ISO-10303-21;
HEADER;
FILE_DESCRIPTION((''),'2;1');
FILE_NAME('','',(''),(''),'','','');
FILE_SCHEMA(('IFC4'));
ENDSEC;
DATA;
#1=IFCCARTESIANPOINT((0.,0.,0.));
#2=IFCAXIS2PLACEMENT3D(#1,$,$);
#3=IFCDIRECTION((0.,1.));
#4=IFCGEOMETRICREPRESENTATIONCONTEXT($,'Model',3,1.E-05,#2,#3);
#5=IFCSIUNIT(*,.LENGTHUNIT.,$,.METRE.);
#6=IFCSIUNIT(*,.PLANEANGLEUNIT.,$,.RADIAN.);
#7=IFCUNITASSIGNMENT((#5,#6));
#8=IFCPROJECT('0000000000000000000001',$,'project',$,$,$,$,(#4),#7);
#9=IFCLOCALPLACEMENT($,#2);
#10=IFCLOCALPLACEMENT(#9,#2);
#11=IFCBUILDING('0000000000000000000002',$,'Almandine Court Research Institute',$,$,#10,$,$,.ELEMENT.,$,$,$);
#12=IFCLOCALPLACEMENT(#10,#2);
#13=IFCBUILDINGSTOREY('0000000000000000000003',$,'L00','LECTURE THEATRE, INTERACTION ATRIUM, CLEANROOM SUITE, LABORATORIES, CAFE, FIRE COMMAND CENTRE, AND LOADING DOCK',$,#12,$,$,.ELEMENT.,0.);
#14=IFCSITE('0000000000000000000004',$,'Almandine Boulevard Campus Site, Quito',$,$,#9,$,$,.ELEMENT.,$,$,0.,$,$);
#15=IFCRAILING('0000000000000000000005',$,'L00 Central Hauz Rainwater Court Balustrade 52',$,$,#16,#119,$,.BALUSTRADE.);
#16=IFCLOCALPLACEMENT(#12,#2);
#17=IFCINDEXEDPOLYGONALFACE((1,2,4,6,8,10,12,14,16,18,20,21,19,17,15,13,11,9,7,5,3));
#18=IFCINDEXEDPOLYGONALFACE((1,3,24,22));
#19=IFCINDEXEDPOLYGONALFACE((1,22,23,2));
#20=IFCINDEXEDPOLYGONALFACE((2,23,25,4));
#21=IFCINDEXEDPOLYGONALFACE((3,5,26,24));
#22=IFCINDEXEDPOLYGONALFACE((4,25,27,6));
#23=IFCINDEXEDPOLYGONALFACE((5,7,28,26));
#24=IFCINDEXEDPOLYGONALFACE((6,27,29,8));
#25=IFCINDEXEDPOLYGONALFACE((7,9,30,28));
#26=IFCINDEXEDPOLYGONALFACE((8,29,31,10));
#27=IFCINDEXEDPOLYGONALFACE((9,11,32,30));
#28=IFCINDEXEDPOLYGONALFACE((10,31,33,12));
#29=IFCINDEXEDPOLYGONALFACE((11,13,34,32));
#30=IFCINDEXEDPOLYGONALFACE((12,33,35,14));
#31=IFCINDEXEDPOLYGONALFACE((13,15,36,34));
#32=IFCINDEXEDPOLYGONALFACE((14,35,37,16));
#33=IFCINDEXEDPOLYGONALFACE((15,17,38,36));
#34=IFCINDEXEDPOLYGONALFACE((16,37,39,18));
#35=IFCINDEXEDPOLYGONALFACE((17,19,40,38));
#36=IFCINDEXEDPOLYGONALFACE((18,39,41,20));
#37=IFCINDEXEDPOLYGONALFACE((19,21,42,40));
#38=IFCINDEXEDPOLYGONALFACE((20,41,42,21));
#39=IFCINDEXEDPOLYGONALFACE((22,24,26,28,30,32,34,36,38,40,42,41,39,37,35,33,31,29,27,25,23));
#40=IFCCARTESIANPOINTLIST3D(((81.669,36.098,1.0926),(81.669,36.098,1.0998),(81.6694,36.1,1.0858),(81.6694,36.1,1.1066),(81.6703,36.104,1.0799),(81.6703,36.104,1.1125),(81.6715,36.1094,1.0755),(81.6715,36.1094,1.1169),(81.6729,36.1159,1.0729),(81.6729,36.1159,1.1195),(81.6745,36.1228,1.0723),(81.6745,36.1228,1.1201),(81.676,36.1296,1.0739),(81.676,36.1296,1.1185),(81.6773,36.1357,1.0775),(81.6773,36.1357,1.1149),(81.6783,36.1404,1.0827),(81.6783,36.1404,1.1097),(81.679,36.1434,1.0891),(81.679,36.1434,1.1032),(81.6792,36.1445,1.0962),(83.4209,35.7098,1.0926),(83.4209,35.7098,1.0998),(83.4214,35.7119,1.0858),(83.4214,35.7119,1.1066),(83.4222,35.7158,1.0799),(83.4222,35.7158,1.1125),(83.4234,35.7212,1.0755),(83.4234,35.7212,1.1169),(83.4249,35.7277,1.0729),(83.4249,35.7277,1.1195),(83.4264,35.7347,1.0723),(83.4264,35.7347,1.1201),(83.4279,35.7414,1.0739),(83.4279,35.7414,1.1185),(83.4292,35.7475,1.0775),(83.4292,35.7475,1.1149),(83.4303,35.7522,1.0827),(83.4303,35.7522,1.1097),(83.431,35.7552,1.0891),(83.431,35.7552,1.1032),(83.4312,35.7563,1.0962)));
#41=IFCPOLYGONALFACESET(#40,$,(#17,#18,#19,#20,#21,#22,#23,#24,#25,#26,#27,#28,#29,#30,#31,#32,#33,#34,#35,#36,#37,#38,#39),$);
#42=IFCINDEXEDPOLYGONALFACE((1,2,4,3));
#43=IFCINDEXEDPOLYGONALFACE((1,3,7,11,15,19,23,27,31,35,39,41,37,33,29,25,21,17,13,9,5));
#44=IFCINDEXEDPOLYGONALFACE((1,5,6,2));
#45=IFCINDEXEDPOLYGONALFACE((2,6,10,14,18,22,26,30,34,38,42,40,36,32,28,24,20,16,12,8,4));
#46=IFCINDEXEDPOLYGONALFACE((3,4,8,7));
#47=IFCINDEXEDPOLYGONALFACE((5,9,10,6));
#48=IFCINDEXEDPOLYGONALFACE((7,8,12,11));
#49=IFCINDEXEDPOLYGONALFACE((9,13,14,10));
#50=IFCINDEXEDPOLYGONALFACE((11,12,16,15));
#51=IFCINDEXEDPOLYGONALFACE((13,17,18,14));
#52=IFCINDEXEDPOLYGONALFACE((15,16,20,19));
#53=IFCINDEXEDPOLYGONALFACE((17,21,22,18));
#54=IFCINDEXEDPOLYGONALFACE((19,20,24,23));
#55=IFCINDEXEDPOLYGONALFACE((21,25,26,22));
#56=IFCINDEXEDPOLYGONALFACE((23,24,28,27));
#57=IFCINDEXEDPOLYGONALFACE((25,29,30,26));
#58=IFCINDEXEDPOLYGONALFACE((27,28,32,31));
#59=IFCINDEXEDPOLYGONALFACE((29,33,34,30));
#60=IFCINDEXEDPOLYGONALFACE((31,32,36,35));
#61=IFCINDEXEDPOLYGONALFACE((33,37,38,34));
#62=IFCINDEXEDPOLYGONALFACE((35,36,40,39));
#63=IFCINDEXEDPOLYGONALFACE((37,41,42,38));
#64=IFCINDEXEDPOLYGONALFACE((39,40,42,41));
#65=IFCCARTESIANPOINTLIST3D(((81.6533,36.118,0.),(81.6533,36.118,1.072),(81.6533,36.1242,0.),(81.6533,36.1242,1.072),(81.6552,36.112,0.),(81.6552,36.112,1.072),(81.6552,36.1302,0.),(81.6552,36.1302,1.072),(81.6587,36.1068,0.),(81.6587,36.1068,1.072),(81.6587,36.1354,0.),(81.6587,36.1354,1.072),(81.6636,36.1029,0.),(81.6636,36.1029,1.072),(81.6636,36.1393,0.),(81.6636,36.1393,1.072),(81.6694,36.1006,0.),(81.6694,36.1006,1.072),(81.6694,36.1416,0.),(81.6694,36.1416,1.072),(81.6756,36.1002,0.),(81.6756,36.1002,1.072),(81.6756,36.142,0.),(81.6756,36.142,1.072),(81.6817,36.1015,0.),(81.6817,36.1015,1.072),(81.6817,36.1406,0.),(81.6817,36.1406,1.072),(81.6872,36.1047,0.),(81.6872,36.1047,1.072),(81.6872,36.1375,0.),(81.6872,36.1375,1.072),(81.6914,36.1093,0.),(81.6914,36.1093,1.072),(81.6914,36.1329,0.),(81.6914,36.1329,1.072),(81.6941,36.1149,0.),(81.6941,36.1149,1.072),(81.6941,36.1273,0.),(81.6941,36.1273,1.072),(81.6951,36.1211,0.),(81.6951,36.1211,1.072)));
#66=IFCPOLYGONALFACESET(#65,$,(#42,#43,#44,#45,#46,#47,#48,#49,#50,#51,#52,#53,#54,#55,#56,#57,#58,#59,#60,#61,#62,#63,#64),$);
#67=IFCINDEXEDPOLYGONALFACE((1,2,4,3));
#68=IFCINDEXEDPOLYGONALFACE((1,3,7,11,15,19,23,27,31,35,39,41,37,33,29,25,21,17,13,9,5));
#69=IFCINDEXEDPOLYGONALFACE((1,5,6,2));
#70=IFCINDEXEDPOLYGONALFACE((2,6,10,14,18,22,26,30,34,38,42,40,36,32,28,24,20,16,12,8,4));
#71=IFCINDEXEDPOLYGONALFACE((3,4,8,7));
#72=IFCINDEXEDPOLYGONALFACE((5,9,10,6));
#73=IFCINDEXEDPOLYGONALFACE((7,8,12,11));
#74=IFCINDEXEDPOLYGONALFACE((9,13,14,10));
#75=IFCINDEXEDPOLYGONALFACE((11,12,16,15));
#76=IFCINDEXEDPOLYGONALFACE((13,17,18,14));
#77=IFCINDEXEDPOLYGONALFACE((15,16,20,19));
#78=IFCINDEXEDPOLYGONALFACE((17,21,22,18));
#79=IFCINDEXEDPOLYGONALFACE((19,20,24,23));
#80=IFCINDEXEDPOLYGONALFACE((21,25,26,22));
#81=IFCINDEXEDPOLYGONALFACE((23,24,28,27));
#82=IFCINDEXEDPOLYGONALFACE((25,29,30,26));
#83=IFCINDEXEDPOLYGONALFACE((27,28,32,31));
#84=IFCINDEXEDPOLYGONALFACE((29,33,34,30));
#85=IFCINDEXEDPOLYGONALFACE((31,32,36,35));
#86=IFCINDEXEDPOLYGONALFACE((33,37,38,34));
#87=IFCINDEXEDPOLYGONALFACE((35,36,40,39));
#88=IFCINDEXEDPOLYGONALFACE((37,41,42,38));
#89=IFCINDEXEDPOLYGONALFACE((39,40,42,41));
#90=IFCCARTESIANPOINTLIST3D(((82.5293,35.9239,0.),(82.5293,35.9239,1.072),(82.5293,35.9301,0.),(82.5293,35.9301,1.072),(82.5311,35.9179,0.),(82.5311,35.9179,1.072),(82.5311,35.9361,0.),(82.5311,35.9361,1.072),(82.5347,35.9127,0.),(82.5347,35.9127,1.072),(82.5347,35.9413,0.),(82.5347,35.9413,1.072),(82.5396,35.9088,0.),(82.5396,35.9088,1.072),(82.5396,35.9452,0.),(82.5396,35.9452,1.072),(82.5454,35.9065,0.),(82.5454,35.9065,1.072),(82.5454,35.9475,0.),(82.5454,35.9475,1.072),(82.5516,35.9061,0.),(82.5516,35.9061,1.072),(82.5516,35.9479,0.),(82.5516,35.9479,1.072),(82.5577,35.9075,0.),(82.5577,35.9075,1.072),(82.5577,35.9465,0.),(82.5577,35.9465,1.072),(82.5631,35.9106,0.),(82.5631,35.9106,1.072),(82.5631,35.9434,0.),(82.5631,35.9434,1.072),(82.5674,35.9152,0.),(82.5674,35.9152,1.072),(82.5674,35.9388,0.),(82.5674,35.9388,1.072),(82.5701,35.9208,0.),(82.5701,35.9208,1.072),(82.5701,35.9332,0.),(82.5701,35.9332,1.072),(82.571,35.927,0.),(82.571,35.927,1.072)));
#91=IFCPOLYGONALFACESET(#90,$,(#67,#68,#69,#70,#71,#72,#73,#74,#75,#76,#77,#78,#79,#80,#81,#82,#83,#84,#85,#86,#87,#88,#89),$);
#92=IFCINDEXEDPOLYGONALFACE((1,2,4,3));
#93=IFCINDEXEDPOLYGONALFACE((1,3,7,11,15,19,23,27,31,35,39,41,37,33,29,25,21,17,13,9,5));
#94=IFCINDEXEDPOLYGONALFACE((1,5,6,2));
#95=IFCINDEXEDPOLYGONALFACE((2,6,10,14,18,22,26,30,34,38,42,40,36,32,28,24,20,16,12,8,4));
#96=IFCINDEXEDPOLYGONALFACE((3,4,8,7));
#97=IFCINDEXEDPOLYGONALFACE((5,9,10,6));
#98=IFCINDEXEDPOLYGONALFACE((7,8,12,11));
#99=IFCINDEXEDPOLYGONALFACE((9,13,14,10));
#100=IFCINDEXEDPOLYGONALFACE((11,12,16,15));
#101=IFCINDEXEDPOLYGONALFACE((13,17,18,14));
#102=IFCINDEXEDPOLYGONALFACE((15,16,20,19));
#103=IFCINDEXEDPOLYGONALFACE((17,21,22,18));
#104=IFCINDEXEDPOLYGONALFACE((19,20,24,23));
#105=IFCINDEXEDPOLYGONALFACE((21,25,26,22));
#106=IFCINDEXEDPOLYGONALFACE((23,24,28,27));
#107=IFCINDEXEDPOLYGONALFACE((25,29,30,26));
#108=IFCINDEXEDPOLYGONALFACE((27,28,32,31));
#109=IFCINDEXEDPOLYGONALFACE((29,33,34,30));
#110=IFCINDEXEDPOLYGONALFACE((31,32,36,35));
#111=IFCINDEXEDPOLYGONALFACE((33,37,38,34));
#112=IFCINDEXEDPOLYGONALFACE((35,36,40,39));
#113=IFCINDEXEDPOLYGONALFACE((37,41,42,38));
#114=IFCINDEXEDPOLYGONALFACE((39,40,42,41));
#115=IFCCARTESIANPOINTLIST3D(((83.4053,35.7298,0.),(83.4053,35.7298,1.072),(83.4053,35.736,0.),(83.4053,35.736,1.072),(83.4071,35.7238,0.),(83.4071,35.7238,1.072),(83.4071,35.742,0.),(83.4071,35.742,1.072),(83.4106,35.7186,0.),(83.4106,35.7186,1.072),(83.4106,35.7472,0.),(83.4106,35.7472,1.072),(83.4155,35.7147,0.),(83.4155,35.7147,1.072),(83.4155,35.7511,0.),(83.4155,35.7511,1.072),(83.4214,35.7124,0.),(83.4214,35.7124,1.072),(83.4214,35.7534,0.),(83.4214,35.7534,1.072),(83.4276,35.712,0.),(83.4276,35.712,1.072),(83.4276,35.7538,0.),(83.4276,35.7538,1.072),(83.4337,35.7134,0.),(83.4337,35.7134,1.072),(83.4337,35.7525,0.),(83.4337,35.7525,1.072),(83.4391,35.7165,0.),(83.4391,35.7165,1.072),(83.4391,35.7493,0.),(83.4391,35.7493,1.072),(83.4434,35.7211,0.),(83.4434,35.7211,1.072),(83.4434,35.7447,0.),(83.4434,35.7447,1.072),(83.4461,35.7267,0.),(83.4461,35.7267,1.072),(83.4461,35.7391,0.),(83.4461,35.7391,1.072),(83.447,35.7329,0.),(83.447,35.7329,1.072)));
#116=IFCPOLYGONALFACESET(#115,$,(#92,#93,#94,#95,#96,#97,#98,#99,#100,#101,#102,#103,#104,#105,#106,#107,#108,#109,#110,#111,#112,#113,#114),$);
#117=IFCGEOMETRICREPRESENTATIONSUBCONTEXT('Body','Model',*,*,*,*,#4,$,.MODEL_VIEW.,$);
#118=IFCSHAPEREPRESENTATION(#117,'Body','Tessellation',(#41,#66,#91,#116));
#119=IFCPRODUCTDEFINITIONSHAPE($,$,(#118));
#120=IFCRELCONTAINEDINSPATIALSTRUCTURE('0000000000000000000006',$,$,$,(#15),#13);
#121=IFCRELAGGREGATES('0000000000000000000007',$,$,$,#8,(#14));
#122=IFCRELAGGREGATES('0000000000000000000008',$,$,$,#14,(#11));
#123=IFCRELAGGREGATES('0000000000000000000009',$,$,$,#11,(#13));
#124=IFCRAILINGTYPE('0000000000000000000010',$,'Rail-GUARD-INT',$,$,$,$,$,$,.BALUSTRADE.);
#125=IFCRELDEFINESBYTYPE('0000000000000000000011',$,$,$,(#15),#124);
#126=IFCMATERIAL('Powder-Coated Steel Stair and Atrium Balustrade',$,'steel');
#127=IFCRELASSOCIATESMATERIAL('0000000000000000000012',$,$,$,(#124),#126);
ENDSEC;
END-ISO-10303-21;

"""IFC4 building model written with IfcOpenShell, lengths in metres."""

from ifc_helpers import new_model, si_unit, direction, frame, origin, origin_2d, place, context, subcontext, project, spatial, circle, extrude, material, type_object, element, save


model = new_model("IFC4")

# Units and contexts
model_context = context("Model", 3, precision=1e-05, world=origin(), true_north=direction((0.0, 1.0)))
body_context = subcontext(model_context, "Body", "Model", "MODEL_VIEW")
ifc_project = project(units=[si_unit("LENGTHUNIT", "METRE"), si_unit("PLANEANGLEUNIT", "RADIAN")], contexts=[model_context])

# Site, building, storey
site_placement = place(None, origin())
site = spatial("IfcSite", under=ifc_project, at=site_placement, Name="Almandine Boulevard Campus Site, Quito", CompositionType="ELEMENT", RefElevation=0.0)
building_placement = place(site_placement, origin())
building = spatial("IfcBuilding", under=site, at=building_placement, Name="Almandine Court Research Institute", CompositionType="ELEMENT")
storey_placement = place(building_placement, origin())
storey = spatial("IfcBuildingStorey", under=building, at=storey_placement, Name="L00", Description="LECTURE THEATRE, INTERACTION ATRIUM, CLEANROOM SUITE, LABORATORIES, CAFE, FIRE COMMAND CENTRE, AND LOADING DOCK", CompositionType="ELEMENT", Elevation=0.0)

# Railing
ifc_material_1 = material(Name="Powder-Coated Steel Stair and Atrium Balustrade", Category="steel")
railing_type = type_object("IfcRailingType", Name="Rail-GUARD-INT", PredefinedType="BALUSTRADE", material=ifc_material_1)
railing_1_placement = place(storey_placement, frame((81.6741, 36.1211, 0.0)))
element("IfcRailing", 1, at=railing_1_placement, inside=storey, type_object=railing_type, Name="L00 Central Hauz Rainwater Court Balustrade 52", PredefinedType="BALUSTRADE", context=body_context, shape_type="SweptSolid", body=[
    extrude(circle(Radius=0.0239, at=origin_2d()), frame((0.0, 0.0, 1.0962), z_axis=(0.976321, -0.216325, 0.0), x_axis=(0.216325, 0.976321, 0.0)), (0.0, 0.0, 1.0), 1.7944),
    extrude(circle(Radius=0.021, at=origin_2d()), origin(), (0.0, 0.0, 1.0), 1.072),
    extrude(circle(Radius=0.021, at=origin_2d()), frame((0.876, -0.1941, 0.0)), (0.0, 0.0, 1.0), 1.072),
    extrude(circle(Radius=0.021, at=origin_2d()), frame((1.752, -0.3882, 0.0)), (0.0, 0.0, 1.0), 1.072),
])

save(model, "model.ifc")
